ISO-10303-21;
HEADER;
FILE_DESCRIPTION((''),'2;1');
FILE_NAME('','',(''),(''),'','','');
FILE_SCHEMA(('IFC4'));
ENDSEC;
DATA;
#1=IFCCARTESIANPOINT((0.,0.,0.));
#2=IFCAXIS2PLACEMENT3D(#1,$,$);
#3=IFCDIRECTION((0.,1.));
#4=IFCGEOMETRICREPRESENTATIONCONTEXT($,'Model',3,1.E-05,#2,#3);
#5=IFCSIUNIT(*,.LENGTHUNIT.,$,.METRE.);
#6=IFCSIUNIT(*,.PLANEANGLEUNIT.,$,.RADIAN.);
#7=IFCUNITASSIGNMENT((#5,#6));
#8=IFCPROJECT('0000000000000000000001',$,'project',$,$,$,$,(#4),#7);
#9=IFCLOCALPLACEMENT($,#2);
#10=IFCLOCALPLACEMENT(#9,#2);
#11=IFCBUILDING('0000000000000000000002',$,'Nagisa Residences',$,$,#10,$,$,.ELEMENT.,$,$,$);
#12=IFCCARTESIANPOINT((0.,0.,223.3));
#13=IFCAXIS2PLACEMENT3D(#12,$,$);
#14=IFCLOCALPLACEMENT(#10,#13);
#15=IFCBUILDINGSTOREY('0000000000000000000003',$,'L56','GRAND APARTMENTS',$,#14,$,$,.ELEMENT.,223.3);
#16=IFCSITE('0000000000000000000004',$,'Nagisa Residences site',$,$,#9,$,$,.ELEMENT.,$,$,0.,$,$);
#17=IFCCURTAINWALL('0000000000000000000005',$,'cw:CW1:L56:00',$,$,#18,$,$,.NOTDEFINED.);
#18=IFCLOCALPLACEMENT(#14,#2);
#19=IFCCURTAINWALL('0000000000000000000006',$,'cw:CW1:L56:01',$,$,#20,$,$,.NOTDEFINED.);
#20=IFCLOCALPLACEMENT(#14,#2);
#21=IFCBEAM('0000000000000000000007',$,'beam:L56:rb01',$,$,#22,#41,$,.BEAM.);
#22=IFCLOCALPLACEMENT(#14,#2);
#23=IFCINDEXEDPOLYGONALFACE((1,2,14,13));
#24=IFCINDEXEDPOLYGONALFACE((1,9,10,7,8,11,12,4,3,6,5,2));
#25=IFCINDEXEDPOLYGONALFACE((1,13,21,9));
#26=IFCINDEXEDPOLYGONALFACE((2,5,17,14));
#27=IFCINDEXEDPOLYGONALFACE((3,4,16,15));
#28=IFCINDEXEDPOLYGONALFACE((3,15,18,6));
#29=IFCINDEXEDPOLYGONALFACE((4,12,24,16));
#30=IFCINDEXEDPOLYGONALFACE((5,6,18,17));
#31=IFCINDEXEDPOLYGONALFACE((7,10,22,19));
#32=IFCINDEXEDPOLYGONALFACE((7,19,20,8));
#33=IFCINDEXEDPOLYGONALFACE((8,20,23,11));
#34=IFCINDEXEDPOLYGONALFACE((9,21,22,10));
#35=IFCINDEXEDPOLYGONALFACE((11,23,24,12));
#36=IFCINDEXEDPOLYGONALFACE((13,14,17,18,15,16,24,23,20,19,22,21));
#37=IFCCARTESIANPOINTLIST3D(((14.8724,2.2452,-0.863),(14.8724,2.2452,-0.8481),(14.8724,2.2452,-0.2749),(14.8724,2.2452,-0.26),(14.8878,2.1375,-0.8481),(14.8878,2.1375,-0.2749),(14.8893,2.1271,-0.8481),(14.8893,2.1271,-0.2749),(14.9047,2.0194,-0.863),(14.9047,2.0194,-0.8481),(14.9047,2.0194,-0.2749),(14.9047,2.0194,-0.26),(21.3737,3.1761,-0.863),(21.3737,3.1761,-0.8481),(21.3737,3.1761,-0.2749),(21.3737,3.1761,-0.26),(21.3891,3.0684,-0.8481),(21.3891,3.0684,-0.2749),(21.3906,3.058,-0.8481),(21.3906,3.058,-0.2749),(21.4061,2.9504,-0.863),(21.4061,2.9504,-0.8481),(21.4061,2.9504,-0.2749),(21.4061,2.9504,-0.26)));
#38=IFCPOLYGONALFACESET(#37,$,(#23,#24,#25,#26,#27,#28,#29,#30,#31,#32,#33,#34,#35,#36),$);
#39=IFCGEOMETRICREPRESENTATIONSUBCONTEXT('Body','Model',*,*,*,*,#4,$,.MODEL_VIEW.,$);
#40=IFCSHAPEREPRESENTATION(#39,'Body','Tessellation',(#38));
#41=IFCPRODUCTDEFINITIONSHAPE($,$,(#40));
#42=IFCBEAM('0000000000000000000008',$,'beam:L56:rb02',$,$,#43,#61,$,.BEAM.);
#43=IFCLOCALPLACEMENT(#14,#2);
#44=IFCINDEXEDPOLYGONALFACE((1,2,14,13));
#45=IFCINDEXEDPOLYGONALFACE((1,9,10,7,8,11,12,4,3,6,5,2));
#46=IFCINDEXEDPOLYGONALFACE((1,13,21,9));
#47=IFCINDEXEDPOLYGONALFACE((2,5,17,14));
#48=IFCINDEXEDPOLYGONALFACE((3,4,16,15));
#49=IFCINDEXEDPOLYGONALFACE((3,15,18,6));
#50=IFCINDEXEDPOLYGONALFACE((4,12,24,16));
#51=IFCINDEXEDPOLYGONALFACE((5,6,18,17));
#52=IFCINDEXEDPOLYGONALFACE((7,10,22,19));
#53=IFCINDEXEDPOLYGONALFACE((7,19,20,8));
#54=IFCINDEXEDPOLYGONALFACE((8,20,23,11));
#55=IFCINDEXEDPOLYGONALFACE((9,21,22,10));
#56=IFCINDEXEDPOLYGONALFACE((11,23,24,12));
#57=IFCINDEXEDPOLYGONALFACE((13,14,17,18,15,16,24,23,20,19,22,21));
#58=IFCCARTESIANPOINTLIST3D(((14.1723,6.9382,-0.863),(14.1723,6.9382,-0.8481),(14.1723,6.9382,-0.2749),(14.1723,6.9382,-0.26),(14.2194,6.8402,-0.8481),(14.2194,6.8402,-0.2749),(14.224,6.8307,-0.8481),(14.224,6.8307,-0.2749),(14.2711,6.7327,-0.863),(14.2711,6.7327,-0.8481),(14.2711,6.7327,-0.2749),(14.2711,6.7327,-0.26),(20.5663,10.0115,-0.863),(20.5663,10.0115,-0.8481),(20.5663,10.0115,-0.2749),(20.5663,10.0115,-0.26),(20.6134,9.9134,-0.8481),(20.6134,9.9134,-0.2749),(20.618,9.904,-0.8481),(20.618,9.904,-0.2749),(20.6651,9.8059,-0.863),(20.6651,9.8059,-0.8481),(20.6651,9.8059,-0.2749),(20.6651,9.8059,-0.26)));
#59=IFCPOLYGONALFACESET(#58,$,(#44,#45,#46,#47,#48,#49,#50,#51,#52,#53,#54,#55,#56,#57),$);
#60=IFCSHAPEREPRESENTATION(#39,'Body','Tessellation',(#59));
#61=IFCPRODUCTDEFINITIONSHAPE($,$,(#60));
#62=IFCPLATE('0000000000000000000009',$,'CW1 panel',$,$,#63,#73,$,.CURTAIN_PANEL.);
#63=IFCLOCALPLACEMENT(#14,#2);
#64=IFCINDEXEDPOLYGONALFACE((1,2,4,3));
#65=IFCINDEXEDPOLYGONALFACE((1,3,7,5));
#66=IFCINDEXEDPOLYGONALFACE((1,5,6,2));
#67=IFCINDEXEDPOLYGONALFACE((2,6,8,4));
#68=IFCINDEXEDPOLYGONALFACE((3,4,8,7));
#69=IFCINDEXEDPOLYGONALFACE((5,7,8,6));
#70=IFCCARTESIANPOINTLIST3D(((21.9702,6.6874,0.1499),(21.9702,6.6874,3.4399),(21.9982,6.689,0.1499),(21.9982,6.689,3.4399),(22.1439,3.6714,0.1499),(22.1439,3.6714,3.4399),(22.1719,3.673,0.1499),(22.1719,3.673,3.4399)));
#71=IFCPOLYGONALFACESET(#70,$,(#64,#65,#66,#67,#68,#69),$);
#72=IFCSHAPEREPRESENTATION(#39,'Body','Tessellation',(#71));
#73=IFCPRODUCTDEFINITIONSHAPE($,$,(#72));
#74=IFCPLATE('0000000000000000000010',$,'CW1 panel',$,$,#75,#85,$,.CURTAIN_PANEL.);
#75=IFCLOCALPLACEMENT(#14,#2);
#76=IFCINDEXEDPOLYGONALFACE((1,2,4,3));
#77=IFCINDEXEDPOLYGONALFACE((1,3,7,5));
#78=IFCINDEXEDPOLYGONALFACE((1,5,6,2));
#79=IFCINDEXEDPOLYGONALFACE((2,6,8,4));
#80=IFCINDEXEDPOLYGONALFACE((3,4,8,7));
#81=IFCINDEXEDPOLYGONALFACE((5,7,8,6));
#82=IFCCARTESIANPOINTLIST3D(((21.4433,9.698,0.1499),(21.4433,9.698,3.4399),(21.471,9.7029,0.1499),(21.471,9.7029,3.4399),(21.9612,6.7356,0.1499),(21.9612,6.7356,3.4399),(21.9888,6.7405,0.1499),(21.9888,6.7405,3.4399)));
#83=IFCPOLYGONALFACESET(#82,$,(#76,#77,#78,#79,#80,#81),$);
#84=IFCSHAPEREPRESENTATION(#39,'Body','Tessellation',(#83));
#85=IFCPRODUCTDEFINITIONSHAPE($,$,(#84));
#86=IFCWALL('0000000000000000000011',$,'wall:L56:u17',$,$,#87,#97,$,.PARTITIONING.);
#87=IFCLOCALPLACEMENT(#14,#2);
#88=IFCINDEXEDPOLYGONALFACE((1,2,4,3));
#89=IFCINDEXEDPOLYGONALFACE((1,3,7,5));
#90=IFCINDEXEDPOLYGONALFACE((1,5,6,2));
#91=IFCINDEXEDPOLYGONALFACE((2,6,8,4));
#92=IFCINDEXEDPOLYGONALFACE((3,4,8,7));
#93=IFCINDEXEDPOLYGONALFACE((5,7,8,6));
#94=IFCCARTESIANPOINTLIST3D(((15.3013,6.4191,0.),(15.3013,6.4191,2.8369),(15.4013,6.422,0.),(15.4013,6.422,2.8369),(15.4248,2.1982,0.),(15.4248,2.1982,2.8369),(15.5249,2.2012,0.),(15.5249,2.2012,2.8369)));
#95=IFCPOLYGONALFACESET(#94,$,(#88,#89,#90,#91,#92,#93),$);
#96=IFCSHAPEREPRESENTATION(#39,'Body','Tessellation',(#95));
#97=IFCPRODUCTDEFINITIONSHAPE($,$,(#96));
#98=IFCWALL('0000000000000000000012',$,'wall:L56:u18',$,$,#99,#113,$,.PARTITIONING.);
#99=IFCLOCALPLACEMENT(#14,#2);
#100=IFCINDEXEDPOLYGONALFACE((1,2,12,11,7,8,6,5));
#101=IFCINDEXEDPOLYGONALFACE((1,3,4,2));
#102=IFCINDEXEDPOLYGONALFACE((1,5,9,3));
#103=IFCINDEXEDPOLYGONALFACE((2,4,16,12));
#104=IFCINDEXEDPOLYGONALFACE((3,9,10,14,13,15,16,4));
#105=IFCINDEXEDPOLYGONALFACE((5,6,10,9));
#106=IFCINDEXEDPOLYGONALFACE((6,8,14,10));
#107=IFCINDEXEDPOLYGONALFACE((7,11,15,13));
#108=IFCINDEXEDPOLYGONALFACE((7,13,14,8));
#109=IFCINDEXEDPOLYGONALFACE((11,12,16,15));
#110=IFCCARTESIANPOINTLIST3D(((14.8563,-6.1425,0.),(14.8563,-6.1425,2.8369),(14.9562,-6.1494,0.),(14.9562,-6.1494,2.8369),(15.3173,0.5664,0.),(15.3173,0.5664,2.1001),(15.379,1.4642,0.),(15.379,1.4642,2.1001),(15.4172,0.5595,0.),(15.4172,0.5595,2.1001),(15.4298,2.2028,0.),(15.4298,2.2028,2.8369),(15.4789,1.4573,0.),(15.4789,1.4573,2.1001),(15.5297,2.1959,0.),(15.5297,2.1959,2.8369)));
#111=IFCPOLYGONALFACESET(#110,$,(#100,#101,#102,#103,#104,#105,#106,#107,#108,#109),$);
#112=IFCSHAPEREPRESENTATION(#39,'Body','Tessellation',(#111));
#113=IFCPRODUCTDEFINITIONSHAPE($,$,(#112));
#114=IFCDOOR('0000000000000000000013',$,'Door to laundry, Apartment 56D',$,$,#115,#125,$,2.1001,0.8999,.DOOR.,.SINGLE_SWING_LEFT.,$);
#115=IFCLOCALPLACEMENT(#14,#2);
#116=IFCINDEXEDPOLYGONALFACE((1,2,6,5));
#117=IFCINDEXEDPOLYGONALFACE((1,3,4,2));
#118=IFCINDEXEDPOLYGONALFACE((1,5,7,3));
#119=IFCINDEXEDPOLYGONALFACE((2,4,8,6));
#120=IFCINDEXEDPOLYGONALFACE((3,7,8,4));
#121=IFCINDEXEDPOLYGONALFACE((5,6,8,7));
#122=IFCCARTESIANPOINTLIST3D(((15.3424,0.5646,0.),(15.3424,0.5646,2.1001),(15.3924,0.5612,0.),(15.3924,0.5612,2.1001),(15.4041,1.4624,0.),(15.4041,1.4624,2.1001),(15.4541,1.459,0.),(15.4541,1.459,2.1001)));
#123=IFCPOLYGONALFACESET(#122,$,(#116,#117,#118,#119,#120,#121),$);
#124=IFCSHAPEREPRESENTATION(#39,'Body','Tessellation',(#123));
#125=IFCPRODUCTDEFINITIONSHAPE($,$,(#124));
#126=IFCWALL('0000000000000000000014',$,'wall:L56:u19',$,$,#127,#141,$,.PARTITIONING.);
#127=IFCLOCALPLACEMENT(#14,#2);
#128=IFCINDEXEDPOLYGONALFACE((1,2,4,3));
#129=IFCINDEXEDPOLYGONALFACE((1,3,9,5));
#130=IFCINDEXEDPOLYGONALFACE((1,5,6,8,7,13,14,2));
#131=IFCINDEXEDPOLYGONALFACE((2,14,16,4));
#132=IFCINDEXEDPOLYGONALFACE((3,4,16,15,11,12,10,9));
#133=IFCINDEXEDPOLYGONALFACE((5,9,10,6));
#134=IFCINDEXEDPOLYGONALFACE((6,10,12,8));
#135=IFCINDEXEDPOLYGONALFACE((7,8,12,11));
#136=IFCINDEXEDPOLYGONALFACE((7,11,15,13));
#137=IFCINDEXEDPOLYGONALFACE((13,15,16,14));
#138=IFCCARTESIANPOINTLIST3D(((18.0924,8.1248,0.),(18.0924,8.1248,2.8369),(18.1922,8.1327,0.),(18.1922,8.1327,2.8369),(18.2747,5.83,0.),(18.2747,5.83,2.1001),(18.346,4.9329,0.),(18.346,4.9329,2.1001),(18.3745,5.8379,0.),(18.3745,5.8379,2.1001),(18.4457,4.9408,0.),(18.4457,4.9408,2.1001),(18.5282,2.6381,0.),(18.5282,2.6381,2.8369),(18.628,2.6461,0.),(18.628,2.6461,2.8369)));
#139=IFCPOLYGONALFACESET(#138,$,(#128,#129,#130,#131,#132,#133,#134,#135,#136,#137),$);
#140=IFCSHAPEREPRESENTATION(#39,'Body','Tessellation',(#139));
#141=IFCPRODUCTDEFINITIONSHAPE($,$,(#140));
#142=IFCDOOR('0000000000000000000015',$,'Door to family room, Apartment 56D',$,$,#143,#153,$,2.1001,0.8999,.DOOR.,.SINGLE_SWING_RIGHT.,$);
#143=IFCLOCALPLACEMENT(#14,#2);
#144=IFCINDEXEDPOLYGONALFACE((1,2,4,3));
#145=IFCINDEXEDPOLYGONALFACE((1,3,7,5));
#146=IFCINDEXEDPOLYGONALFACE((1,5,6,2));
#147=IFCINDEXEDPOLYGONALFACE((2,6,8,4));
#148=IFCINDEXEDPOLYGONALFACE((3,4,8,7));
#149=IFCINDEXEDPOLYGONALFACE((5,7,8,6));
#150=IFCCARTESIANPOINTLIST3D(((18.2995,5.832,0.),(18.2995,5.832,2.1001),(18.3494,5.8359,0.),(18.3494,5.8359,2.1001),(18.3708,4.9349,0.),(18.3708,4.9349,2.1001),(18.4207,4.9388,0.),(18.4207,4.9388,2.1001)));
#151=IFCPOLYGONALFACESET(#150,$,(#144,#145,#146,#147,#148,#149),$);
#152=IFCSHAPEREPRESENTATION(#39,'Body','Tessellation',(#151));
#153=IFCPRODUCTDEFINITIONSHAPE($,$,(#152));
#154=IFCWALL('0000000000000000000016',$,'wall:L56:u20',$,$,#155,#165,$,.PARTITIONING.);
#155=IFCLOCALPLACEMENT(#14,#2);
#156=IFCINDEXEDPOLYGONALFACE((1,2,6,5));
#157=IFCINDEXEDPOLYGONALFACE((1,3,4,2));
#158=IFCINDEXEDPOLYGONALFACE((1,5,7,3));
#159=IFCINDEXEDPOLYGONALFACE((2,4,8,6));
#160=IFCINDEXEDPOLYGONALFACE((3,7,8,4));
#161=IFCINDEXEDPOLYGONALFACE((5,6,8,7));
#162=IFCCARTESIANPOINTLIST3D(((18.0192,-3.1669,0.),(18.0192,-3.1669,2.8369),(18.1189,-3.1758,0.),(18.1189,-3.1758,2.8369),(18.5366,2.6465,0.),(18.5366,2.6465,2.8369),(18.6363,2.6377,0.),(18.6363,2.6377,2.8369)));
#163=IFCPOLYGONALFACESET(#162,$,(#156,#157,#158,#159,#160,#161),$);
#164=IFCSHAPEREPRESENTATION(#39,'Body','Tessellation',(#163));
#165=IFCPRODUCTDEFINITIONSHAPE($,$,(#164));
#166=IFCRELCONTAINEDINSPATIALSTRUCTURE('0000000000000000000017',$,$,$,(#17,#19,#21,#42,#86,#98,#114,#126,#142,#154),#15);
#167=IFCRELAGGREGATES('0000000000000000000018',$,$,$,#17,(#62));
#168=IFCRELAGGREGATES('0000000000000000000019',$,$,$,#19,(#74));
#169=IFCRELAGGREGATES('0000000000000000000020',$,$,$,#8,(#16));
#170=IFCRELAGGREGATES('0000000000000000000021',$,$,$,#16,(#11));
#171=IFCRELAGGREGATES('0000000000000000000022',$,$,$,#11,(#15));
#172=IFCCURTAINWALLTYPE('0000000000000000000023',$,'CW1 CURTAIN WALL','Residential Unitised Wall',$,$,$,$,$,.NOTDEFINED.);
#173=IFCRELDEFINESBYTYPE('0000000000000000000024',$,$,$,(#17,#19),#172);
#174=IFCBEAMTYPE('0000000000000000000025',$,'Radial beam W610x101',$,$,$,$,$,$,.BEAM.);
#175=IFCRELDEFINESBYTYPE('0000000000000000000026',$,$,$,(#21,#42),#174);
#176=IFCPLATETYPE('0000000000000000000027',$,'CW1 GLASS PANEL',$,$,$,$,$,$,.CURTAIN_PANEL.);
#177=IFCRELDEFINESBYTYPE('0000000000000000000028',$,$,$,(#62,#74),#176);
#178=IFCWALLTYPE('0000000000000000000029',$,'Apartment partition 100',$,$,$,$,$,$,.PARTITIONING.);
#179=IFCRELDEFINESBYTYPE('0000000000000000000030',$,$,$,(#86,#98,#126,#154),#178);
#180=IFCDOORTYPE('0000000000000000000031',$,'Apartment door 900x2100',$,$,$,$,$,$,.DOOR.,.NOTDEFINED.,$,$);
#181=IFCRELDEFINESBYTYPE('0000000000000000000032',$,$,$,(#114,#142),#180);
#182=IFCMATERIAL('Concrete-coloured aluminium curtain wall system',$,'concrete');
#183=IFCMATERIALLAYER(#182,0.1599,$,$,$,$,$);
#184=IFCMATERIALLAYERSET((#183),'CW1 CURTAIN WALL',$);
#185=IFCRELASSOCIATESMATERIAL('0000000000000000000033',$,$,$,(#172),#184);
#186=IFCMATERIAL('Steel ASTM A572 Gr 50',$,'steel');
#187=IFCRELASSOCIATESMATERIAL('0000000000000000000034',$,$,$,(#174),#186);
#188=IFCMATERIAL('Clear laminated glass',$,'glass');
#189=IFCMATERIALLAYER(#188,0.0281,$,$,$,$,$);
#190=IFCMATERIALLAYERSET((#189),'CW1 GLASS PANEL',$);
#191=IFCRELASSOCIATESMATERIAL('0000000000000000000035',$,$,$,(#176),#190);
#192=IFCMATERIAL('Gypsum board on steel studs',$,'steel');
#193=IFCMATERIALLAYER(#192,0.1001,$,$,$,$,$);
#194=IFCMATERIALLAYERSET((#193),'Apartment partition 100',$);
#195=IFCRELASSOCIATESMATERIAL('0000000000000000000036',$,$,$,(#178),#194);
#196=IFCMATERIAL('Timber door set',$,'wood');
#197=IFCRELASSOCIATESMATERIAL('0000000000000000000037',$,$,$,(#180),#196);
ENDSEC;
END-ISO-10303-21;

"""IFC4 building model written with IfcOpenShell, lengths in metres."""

from ifc_helpers import new_model, si_unit, direction, frame, frame_2d, origin, origin_2d, place, context, subcontext, project, spatial, rectangle, i_section, extrude, material, layer, layer_set, material_profile, profile_set, type_object, element, fill, aggregate, save


model = new_model("IFC4")

# Units and contexts
model_context = context("Model", 3, precision=1e-05, world=origin(), true_north=direction((0.0, 1.0)))
body_context = subcontext(model_context, "Body", "Model", "MODEL_VIEW")
ifc_project = project(units=[si_unit("LENGTHUNIT", "METRE"), si_unit("PLANEANGLEUNIT", "RADIAN")], contexts=[model_context])

# Site, building, storey
site_placement = place(None, origin())
site = spatial("IfcSite", under=ifc_project, at=site_placement, Name="Nagisa Residences site", CompositionType="ELEMENT", RefElevation=0.0)
building_placement = place(site_placement, origin())
building = spatial("IfcBuilding", under=site, at=building_placement, Name="Nagisa Residences", CompositionType="ELEMENT")
storey_placement = place(building_placement, frame((0.0, 0.0, 223.3)))
storey = spatial("IfcBuildingStorey", under=building, at=storey_placement, Name="L56", Description="GRAND APARTMENTS", CompositionType="ELEMENT", Elevation=223.3)

# Curtain walls
ifc_material_1 = material(Name="Concrete-coloured aluminium curtain wall system", Category="concrete")
ifc_layer_1 = layer(ifc_material_1, 0.1599)
ifc_layer_set_1 = layer_set([ifc_layer_1], Name="CW1 CURTAIN WALL")
curtain_wall_type = type_object("IfcCurtainWallType", Name="CW1 CURTAIN WALL", Description="Residential Unitised Wall", PredefinedType="NOTDEFINED", material=ifc_layer_set_1)
curtain_wall_1_placement = place(storey_placement, origin())
curtain_wall_1 = element("IfcCurtainWall", 1, at=curtain_wall_1_placement, inside=storey, type_object=curtain_wall_type, Name="cw:CW1:L56:00", PredefinedType="NOTDEFINED")
curtain_wall_2_placement = place(storey_placement, origin())
curtain_wall_2 = element("IfcCurtainWall", 2, at=curtain_wall_2_placement, inside=storey, type_object=curtain_wall_type, Name="cw:CW1:L56:01", PredefinedType="NOTDEFINED")

# Beams
ifc_material_2 = material(Name="Steel ASTM A572 Gr 50", Category="steel")
ifc_material_profile_1 = material_profile(ifc_material_2, i_section(OverallWidth=0.228, OverallDepth=0.603, WebThickness=0.0105, FlangeThickness=0.0149, at=origin_2d()), Name="W610x101")
ifc_profile_set_1 = profile_set([ifc_material_profile_1], Name="Steel ASTM A572 Gr 50")
beam_type_1 = type_object("IfcBeamType", Name="Radial beam W610x101", PredefinedType="BEAM", material=ifc_profile_set_1)
beam_1_placement = place(storey_placement, frame((21.3899, 3.0632, -0.5615), z_axis=(-0.989903, -0.141744, 0.0), x_axis=(0.141744, -0.989903, 0.0)))
element("IfcBeam", 3, at=beam_1_placement, inside=storey, type_object=beam_type_1, Name="beam:L56:rb01", PredefinedType="BEAM", context=body_context, shape_type="SweptSolid", body=[
    extrude(i_section(OverallWidth=0.228, OverallDepth=0.603, WebThickness=0.0105, FlangeThickness=0.0149, at=origin_2d()), origin(), (0.0, 0.0, 1.0), 6.5676),
])
beam_2_placement = place(storey_placement, frame((20.6157, 9.9087, -0.5615), z_axis=(-0.901297, -0.433201, 0.0), x_axis=(0.433201, -0.901297, 0.0)))
element("IfcBeam", 4, at=beam_2_placement, inside=storey, type_object=beam_type_1, Name="beam:L56:rb02", PredefinedType="BEAM", context=body_context, shape_type="SweptSolid", body=[
    extrude(i_section(OverallWidth=0.228, OverallDepth=0.603, WebThickness=0.0105, FlangeThickness=0.0149, at=origin_2d()), origin(), (0.0, 0.0, 1.0), 7.0942),
])

# Plates
ifc_material_3 = material(Name="Clear laminated glass", Category="glass")
ifc_layer_2 = layer(ifc_material_3, 0.0281)
ifc_layer_set_2 = layer_set([ifc_layer_2], Name="CW1 GLASS PANEL")
plate_type = type_object("IfcPlateType", Name="CW1 GLASS PANEL", PredefinedType="CURTAIN_PANEL", material=ifc_layer_set_2)
plate_1_placement = place(storey_placement, frame((22.071, 5.1802, 0.1499), z_axis=(0.0, 0.0, 1.0), x_axis=(-0.057503, 0.998345, 0.0)))
plate_1 = element("IfcPlate", 5, at=plate_1_placement, type_object=plate_type, Name="CW1 panel", PredefinedType="CURTAIN_PANEL", context=body_context, shape_type="SweptSolid", body=[
    extrude(rectangle(XDim=3.021, YDim=0.0281, at=origin_2d()), origin(), (0.0, 0.0, 1.0), 3.29),
])
aggregate(curtain_wall_1, [plate_1])
plate_2_placement = place(storey_placement, frame((21.7161, 8.2192, 0.1499), z_axis=(0.0, 0.0, 1.0), x_axis=(-0.172191, 0.985064, 0.0)))
plate_2 = element("IfcPlate", 6, at=plate_2_placement, type_object=plate_type, Name="CW1 panel", PredefinedType="CURTAIN_PANEL", context=body_context, shape_type="SweptSolid", body=[
    extrude(rectangle(XDim=3.0073, YDim=0.0281, at=origin_2d()), origin(), (0.0, 0.0, 1.0), 3.29),
])
aggregate(curtain_wall_2, [plate_2])

# Wall
ifc_material_4 = material(Name="Gypsum board on steel studs", Category="steel")
ifc_layer_3 = layer(ifc_material_4, 0.1001)
ifc_layer_set_3 = layer_set([ifc_layer_3], Name="Apartment partition 100")
wall_type_1 = type_object("IfcWallType", Name="Apartment partition 100", PredefinedType="PARTITIONING", material=ifc_layer_set_3)
wall_1_placement = place(storey_placement, frame((15.4749, 2.1997, 0.0), z_axis=(0.0, 0.0, 1.0), x_axis=(-0.029255, 0.999572, 0.0)))
element("IfcWall", 7, at=wall_1_placement, inside=storey, type_object=wall_type_1, Name="wall:L56:u17", PredefinedType="PARTITIONING", context=body_context, shape_type="SweptSolid", body=[
    extrude(rectangle(XDim=4.2227, YDim=0.1001, at=frame_2d((2.1113, 0.0))), origin(), (0.0, 0.0, 1.0), 2.8369),
])

# Walls, openings, doors
wall_2_placement = place(storey_placement, frame((15.4797, 2.1995, 0.0), z_axis=(0.0, 0.0, 1.0), x_axis=(-0.068559, -0.997647, 0.0)))
wall_2 = element("IfcWall", 8, at=wall_2_placement, inside=storey, type_object=wall_type_1, Name="wall:L56:u18", PredefinedType="PARTITIONING", context=body_context, shape_type="SweptSolid", body=[
    extrude(rectangle(XDim=8.365, YDim=0.1001, at=frame_2d((4.1826, 0.0))), origin(), (0.0, 0.0, 1.0), 2.8369),
])
opening_1_placement = place(wall_2_placement, frame((0.7405, 0.0, 0.0)))
opening_1 = element("IfcOpeningElement", 9, at=opening_1_placement, cuts=wall_2, PredefinedType="OPENING", context=body_context, shape_type="SweptSolid", body=[
    extrude(rectangle(XDim=0.8999, YDim=2.1001, at=frame_2d((0.45, 1.05))), frame((0.0, 0.0601, 0.0), z_axis=(0.0, -1.0, 0.0), x_axis=(1.0, 0.0, 0.0)), (0.0, 0.0, 1.0), 0.1201),
])
ifc_material_5 = material(Name="Timber door set", Category="wood")
door_type_1 = type_object("IfcDoorType", Name="Apartment door 900x2100", OperationType="NOTDEFINED", PredefinedType="DOOR", material=ifc_material_5)
door_1_placement = place(opening_1_placement, frame((0.8999, 0.0, 0.0), x_axis=(-1.0, 0.0, 0.0)))
door_1 = element("IfcDoor", 10, at=door_1_placement, inside=storey, type_object=door_type_1, Name="Door to laundry, Apartment 56D", OperationType="SINGLE_SWING_LEFT", OverallHeight=2.1001, OverallWidth=0.8999, PredefinedType="DOOR", context=body_context, shape_type="SweptSolid", body=[
    extrude(rectangle(XDim=0.8999, YDim=2.1001, at=frame_2d((0.45, 1.05))), frame((0.0, 0.0249, 0.0), z_axis=(0.0, -1.0, 0.0), x_axis=(1.0, 0.0, 0.0)), (0.0, 0.0, 1.0), 0.05),
])
fill(opening_1, door_1)
wall_3_placement = place(storey_placement, frame((18.5781, 2.6421, 0.0), z_axis=(0.0, 0.0, 1.0), x_axis=(-0.079179, 0.99686, 0.0)))
wall_3 = element("IfcWall", 11, at=wall_3_placement, inside=storey, type_object=wall_type_1, Name="wall:L56:u19", PredefinedType="PARTITIONING", context=body_context, shape_type="SweptSolid", body=[
    extrude(rectangle(XDim=5.5039, YDim=0.1001, at=frame_2d((2.752, 0.0))), origin(), (0.0, 0.0, 1.0), 2.8369),
])
opening_2_placement = place(wall_3_placement, frame((2.302, 0.0, 0.0)))
opening_2 = element("IfcOpeningElement", 12, at=opening_2_placement, cuts=wall_3, PredefinedType="OPENING", context=body_context, shape_type="SweptSolid", body=[
    extrude(rectangle(XDim=0.8999, YDim=2.1001, at=frame_2d((0.45, 1.05))), frame((0.0, 0.0601, 0.0), z_axis=(0.0, -1.0, 0.0), x_axis=(1.0, 0.0, 0.0)), (0.0, 0.0, 1.0), 0.1201),
])
door_2_placement = place(opening_2_placement, frame((0.8999, 0.0, 0.0), x_axis=(-1.0, 0.0, 0.0)))
door_2 = element("IfcDoor", 13, at=door_2_placement, inside=storey, type_object=door_type_1, Name="Door to family room, Apartment 56D", OperationType="SINGLE_SWING_RIGHT", OverallHeight=2.1001, OverallWidth=0.8999, PredefinedType="DOOR", context=body_context, shape_type="SweptSolid", body=[
    extrude(rectangle(XDim=0.8999, YDim=2.1001, at=frame_2d((0.45, 1.05))), frame((0.0, 0.0249, 0.0), z_axis=(0.0, -1.0, 0.0), x_axis=(1.0, 0.0, 0.0)), (0.0, 0.0, 1.0), 0.05),
])
fill(opening_2, door_2)

# Wall
wall_4_placement = place(storey_placement, frame((18.5864, 2.6421, 0.0), z_axis=(0.0, 0.0, 1.0), x_axis=(-0.088638, -0.996064, 0.0)))
element("IfcWall", 14, at=wall_4_placement, inside=storey, type_object=wall_type_1, Name="wall:L56:u20", PredefinedType="PARTITIONING", context=body_context, shape_type="SweptSolid", body=[
    extrude(rectangle(XDim=5.8364, YDim=0.1001, at=frame_2d((2.9182, 0.0))), origin(), (0.0, 0.0, 1.0), 2.8369),
])

save(model, "model.ifc")
